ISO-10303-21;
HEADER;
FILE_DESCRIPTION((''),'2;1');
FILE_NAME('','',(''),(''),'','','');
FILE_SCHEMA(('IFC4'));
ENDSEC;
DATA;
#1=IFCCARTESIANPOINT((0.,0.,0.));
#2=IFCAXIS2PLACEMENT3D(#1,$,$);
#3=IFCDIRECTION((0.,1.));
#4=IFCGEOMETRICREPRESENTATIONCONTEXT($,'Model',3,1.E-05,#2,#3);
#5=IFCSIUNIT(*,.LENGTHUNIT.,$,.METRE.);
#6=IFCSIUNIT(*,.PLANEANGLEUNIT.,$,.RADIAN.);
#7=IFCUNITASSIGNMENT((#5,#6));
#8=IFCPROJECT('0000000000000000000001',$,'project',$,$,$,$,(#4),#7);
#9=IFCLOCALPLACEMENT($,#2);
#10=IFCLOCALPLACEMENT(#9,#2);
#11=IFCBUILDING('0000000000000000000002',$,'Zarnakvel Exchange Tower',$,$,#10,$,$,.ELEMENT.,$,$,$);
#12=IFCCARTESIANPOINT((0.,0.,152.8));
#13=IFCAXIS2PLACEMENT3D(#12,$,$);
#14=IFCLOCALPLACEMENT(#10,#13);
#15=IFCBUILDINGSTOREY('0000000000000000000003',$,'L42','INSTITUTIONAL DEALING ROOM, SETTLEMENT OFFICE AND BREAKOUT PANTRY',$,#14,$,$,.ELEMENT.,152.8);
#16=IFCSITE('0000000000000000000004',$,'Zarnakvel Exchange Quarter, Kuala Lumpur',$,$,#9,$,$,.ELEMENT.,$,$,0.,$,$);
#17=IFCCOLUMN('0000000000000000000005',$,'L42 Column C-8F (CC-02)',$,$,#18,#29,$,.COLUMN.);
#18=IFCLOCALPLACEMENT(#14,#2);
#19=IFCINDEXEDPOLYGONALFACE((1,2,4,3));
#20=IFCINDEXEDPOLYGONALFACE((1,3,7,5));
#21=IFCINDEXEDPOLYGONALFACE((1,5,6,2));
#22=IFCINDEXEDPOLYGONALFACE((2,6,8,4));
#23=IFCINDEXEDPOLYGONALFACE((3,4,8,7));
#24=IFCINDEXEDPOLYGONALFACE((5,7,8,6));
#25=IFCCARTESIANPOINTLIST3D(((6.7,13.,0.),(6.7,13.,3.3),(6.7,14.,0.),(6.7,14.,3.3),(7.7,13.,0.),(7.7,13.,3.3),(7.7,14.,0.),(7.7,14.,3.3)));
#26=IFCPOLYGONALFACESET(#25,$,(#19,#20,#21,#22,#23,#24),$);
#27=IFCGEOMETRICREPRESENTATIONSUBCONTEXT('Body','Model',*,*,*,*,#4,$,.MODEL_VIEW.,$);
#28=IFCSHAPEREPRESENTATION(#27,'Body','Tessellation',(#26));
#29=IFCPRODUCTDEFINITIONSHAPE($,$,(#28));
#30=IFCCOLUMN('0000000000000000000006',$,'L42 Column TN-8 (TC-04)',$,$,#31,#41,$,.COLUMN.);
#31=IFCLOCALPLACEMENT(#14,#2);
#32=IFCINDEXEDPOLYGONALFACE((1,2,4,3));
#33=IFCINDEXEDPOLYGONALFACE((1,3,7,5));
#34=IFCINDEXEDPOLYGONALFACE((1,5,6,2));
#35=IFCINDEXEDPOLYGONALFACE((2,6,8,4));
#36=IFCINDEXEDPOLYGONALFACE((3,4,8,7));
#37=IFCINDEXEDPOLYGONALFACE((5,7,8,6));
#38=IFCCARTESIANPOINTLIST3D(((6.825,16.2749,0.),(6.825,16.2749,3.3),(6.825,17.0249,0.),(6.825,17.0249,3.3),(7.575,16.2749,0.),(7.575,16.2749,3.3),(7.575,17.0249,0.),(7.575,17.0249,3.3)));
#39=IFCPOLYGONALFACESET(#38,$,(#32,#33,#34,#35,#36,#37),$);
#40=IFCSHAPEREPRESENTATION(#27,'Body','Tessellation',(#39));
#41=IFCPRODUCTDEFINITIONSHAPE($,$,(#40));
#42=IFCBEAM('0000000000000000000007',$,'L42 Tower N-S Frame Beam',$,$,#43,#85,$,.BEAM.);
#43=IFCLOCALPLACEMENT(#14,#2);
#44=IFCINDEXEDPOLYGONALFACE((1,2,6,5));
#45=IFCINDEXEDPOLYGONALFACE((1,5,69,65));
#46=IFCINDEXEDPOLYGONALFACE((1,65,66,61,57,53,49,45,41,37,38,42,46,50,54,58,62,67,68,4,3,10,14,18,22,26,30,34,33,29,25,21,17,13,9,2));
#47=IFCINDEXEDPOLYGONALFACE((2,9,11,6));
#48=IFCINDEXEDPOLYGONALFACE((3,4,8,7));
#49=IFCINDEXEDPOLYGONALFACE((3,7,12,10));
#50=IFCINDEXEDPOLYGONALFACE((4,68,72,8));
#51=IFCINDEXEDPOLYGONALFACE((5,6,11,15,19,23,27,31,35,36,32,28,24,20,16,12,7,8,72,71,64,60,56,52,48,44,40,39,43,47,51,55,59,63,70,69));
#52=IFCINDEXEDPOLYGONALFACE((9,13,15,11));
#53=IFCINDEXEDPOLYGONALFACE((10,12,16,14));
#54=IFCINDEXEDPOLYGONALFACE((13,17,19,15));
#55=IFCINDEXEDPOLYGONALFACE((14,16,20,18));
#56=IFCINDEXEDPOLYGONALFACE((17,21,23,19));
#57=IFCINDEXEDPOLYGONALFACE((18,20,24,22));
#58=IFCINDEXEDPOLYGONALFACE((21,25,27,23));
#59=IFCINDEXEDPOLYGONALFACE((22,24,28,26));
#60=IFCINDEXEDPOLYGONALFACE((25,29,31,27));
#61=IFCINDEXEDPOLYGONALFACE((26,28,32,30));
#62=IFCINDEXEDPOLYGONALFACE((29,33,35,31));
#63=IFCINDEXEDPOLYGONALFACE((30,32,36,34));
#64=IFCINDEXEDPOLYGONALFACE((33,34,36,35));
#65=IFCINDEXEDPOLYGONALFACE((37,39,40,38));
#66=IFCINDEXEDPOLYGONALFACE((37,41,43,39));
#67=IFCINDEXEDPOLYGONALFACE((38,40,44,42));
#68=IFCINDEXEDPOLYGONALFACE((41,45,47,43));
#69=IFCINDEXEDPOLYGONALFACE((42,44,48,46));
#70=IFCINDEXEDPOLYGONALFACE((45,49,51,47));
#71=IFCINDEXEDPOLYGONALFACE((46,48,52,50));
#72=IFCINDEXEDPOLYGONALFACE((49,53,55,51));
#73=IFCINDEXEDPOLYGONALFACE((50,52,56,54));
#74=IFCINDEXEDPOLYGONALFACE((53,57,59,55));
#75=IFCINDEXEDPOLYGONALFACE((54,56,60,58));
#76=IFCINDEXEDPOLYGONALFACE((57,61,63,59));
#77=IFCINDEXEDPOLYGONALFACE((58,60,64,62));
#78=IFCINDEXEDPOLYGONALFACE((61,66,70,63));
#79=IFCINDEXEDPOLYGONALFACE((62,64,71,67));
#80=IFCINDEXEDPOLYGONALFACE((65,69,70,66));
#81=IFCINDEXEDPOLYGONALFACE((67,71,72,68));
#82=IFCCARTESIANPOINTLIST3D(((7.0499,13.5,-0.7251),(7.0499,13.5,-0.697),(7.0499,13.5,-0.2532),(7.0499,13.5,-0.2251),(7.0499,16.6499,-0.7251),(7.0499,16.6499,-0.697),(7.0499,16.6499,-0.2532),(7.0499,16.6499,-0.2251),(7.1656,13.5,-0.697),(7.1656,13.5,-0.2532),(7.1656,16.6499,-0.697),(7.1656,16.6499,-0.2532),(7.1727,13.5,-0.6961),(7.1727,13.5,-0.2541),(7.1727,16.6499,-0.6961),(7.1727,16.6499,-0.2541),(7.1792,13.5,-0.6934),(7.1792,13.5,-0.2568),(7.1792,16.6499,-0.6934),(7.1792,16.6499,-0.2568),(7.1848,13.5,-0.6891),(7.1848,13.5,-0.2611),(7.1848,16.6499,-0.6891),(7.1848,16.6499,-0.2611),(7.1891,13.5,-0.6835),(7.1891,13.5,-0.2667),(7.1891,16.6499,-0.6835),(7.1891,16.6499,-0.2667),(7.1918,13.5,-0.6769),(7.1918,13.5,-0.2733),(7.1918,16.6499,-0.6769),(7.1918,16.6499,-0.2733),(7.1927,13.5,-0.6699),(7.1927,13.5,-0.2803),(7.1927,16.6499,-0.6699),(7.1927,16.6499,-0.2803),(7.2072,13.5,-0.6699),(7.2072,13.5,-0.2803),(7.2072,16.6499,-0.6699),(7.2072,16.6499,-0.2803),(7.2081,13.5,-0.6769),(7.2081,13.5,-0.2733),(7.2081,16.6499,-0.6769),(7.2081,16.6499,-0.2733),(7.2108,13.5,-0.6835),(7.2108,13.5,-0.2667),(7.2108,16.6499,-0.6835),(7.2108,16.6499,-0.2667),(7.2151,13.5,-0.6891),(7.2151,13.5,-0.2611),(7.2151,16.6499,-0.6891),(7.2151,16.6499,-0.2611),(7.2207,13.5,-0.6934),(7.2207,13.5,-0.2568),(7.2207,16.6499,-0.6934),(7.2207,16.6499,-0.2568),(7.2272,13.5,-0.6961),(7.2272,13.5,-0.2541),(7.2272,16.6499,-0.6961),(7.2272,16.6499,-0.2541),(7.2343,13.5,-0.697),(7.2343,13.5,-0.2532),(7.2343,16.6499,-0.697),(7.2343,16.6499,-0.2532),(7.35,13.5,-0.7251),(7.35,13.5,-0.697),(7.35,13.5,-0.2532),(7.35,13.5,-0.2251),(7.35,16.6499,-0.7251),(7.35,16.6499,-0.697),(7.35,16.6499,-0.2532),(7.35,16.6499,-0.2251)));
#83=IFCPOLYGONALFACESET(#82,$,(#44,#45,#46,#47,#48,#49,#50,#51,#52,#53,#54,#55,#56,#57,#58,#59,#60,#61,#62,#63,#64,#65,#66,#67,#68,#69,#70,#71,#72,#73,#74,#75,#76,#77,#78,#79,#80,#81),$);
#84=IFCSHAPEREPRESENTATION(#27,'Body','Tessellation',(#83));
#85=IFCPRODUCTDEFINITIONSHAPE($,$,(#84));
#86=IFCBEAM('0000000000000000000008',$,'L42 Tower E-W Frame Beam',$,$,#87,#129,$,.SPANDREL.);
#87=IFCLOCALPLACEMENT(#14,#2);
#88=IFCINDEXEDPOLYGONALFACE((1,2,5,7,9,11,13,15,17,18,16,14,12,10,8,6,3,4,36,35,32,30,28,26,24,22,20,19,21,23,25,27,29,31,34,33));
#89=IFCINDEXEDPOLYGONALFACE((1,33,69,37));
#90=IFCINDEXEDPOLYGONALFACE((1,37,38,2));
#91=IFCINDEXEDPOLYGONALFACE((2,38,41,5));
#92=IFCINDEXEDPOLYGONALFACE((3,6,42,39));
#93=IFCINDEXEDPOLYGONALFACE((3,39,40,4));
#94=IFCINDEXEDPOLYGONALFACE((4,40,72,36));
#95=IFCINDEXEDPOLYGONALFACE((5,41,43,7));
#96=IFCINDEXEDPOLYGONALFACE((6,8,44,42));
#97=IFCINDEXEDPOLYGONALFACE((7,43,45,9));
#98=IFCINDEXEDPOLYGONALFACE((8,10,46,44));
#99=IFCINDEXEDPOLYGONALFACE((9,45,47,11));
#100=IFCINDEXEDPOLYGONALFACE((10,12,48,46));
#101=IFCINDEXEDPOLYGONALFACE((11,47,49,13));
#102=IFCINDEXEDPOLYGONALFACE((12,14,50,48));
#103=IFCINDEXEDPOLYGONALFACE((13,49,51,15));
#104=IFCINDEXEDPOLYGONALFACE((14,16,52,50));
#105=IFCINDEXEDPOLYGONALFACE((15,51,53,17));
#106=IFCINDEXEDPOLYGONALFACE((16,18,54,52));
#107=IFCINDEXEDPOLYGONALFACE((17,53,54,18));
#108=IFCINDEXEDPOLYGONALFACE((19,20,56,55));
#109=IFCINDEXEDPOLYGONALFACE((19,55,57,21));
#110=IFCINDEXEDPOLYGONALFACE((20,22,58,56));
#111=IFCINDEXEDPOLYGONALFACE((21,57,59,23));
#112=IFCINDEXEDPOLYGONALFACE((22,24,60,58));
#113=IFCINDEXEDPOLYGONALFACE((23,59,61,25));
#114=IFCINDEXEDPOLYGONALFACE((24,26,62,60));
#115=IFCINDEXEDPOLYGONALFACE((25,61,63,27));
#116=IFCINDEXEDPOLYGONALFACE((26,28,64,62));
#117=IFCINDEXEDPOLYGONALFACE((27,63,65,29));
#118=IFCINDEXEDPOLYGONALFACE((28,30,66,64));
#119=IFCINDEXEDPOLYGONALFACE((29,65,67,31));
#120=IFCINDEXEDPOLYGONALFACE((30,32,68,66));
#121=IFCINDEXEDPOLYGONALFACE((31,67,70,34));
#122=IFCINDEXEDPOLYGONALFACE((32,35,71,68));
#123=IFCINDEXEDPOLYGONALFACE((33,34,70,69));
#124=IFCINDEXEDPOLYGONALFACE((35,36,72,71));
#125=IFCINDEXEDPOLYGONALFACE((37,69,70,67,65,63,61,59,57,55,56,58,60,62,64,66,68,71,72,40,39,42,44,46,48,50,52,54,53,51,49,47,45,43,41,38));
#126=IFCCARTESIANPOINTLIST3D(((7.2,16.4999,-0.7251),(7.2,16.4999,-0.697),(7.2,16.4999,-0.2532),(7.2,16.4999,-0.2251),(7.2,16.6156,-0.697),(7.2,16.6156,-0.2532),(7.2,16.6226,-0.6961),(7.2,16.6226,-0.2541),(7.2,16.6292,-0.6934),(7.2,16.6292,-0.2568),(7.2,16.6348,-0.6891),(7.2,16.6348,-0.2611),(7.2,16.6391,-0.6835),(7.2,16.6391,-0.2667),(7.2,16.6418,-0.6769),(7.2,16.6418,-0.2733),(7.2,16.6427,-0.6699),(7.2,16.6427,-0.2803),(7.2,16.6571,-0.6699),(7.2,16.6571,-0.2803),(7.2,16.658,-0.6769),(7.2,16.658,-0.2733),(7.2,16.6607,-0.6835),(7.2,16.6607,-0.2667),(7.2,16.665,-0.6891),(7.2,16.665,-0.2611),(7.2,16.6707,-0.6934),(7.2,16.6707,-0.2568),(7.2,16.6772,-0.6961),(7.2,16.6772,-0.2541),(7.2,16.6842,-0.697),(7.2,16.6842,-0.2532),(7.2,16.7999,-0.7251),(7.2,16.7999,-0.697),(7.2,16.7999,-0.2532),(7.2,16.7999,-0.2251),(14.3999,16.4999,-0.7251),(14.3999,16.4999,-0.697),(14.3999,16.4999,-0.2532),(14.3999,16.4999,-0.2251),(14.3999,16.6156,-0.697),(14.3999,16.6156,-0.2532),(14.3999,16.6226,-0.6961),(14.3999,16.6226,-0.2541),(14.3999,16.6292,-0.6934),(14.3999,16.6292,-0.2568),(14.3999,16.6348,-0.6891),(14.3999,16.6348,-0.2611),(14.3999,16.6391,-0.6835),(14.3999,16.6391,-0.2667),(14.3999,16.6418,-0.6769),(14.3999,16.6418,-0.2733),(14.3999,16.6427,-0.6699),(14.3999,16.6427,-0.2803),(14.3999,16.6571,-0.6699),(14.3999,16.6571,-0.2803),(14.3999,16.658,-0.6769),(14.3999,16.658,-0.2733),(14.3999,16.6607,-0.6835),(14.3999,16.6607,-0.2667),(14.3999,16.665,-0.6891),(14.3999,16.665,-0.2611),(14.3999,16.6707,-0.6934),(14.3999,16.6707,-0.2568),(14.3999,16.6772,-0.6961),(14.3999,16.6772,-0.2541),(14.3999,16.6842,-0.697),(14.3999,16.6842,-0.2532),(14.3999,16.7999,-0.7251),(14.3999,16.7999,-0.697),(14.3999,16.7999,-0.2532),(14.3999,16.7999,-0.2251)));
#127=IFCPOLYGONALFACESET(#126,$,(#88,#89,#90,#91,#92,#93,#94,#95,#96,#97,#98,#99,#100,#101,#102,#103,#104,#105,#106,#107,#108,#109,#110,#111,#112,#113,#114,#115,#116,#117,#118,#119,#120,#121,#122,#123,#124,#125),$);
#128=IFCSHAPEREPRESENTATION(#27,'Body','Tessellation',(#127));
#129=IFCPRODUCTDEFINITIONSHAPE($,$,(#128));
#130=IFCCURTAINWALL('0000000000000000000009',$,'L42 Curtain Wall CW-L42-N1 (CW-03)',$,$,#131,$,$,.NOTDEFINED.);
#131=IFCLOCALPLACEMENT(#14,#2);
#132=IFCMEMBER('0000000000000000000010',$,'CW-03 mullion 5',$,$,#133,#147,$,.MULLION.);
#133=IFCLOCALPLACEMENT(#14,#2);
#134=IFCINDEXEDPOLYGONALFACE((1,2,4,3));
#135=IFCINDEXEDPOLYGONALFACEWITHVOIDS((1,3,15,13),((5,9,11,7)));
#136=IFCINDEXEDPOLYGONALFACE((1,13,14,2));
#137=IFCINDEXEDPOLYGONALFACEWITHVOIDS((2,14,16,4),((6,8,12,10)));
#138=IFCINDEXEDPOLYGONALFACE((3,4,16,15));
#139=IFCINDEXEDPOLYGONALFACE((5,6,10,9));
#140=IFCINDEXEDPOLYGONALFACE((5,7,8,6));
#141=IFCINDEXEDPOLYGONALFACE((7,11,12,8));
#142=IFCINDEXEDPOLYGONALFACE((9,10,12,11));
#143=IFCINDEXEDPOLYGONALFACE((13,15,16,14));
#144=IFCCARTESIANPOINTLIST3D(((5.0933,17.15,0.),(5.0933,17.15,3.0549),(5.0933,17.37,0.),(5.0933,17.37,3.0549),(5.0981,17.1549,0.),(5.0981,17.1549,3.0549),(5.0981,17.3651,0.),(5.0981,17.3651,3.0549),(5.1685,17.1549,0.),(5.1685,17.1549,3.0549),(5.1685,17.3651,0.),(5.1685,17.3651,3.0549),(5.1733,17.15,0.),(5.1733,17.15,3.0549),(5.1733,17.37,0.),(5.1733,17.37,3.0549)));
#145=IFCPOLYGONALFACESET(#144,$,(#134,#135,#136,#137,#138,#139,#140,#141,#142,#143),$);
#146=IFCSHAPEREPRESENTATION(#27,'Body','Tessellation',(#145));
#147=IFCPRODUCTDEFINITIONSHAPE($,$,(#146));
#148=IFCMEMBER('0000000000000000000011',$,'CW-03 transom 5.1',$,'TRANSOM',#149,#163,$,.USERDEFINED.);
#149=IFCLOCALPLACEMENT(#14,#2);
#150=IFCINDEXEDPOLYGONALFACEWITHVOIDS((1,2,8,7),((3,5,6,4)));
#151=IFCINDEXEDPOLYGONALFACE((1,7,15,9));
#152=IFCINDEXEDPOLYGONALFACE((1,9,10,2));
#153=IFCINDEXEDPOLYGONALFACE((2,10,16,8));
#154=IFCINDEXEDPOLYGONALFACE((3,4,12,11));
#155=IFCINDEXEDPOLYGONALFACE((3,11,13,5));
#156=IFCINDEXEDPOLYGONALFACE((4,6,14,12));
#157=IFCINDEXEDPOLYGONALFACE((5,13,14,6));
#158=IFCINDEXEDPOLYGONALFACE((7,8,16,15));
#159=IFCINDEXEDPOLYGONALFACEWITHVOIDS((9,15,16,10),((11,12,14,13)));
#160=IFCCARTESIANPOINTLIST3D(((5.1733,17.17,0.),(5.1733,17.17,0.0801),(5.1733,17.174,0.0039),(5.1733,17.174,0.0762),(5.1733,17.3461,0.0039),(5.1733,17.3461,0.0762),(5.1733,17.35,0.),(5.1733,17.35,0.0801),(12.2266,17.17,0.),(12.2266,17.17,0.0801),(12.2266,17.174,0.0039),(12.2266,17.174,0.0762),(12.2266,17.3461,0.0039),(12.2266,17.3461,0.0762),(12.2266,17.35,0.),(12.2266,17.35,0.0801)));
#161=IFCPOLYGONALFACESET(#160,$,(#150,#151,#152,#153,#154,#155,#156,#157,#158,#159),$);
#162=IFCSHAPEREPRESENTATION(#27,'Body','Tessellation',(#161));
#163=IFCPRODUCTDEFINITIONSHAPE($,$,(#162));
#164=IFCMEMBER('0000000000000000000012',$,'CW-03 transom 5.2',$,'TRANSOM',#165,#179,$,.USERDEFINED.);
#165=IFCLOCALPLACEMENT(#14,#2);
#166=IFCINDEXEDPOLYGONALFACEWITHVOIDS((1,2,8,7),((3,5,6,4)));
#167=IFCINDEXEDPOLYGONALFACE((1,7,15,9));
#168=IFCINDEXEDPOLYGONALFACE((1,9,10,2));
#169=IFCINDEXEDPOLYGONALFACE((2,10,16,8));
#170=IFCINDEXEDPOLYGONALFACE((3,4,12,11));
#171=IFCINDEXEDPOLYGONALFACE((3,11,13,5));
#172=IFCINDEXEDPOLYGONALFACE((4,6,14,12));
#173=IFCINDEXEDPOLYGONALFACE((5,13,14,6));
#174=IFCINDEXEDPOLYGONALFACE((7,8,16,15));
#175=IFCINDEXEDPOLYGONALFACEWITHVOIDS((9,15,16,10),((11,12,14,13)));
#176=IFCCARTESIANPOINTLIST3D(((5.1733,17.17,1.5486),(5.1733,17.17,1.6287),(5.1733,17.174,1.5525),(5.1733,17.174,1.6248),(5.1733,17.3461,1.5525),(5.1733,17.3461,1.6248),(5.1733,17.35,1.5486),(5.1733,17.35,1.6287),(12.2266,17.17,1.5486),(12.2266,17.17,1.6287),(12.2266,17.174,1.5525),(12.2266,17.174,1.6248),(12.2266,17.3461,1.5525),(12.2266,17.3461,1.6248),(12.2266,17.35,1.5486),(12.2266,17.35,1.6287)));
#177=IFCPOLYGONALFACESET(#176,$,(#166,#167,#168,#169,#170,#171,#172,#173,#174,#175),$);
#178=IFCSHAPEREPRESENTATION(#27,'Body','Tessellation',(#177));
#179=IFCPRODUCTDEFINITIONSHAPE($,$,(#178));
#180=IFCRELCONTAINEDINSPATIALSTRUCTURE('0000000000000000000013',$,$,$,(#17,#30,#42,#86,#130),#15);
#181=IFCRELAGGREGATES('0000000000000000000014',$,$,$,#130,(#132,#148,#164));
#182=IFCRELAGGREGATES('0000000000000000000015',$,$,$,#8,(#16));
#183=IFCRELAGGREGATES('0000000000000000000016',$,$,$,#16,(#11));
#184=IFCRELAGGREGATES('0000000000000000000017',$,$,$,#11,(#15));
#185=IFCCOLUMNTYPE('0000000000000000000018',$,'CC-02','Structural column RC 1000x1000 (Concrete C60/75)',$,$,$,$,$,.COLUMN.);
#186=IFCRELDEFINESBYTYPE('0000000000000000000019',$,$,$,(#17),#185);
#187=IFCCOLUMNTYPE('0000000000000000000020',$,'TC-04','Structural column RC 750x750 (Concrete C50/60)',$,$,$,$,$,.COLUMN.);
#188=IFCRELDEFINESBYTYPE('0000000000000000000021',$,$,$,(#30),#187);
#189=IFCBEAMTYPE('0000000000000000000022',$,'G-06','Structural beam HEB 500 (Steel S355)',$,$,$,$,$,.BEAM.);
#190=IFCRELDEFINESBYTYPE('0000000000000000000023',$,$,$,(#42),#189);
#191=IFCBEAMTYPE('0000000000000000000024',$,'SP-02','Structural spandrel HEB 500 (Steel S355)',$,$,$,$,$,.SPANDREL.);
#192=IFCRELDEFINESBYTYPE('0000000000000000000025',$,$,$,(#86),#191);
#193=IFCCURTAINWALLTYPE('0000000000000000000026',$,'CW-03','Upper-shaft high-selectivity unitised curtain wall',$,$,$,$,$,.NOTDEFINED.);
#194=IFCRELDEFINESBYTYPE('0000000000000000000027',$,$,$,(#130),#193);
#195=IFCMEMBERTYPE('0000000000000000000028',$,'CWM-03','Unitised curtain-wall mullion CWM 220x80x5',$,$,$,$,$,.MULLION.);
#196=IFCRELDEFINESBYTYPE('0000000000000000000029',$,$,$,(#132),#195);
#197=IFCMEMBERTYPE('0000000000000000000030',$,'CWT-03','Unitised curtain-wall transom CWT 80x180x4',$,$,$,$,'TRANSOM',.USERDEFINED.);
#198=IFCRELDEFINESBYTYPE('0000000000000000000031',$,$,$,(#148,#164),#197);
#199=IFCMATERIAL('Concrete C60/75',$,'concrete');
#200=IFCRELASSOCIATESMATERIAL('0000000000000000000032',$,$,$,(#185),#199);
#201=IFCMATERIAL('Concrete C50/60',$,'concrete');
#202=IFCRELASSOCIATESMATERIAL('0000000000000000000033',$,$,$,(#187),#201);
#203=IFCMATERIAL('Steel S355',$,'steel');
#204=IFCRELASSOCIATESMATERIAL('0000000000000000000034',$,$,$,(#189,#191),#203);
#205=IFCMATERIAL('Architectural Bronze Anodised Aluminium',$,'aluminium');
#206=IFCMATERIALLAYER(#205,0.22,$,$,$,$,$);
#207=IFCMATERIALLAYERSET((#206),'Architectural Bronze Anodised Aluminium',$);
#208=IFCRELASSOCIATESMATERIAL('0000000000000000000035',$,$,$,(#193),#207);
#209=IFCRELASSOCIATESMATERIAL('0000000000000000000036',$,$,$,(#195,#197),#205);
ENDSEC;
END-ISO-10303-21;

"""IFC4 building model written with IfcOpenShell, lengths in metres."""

from ifc_helpers import new_model, si_unit, direction, frame, origin, origin_2d, place, context, subcontext, project, spatial, rectangle, hollow_rectangle, i_section, extrude, source, transform, mapped, material, layer, layer_set, material_profile, profile_set, type_object, element, aggregate, save


model = new_model("IFC4")

# Units and contexts
model_context = context("Model", 3, precision=1e-05, world=origin(), true_north=direction((0.0, 1.0)))
body_context = subcontext(model_context, "Body", "Model", "MODEL_VIEW")
ifc_project = project(units=[si_unit("LENGTHUNIT", "METRE"), si_unit("PLANEANGLEUNIT", "RADIAN")], contexts=[model_context])

# Site, building, storey
site_placement = place(None, origin())
site = spatial("IfcSite", under=ifc_project, at=site_placement, Name="Zarnakvel Exchange Quarter, Kuala Lumpur", CompositionType="ELEMENT", RefElevation=0.0)
building_placement = place(site_placement, origin())
building = spatial("IfcBuilding", under=site, at=building_placement, Name="Zarnakvel Exchange Tower", CompositionType="ELEMENT")
storey_placement = place(building_placement, frame((0.0, 0.0, 152.8)))
storey = spatial("IfcBuildingStorey", under=building, at=storey_placement, Name="L42", Description="INSTITUTIONAL DEALING ROOM, SETTLEMENT OFFICE AND BREAKOUT PANTRY", CompositionType="ELEMENT", Elevation=152.8)

# Columns
ifc_material_1 = material(Name="Concrete C60/75", Category="concrete")
ifc_material_profile_1 = material_profile(ifc_material_1, rectangle(XDim=1.0, YDim=1.0, at=origin_2d()))
ifc_profile_set_1 = profile_set([ifc_material_profile_1], Name="Concrete C60/75")
column_type_1 = type_object("IfcColumnType", Name="CC-02", Description="Structural column RC 1000x1000 (Concrete C60/75)", PredefinedType="COLUMN", material=ifc_profile_set_1)
column_1_placement = place(storey_placement, frame((7.2, 13.5, 0.0), z_axis=(0.0, 0.0, 1.0), x_axis=(1.0, 0.0, 0.0)))
element("IfcColumn", 1, at=column_1_placement, inside=storey, type_object=column_type_1, Name="L42 Column C-8F (CC-02)", PredefinedType="COLUMN", context=body_context, shape_type="SweptSolid", body=[
    extrude(rectangle(XDim=1.0, YDim=1.0, at=origin_2d()), origin(), (0.0, 0.0, 1.0), 3.3),
])
ifc_material_2 = material(Name="Concrete C50/60", Category="concrete")
ifc_material_profile_2 = material_profile(ifc_material_2, rectangle(XDim=0.75, YDim=0.75, at=origin_2d()))
ifc_profile_set_2 = profile_set([ifc_material_profile_2], Name="Concrete C50/60")
column_type_2 = type_object("IfcColumnType", Name="TC-04", Description="Structural column RC 750x750 (Concrete C50/60)", PredefinedType="COLUMN", material=ifc_profile_set_2)
column_2_placement = place(storey_placement, frame((7.2, 16.6499, 0.0), z_axis=(0.0, 0.0, 1.0), x_axis=(1.0, 0.0, 0.0)))
element("IfcColumn", 2, at=column_2_placement, inside=storey, type_object=column_type_2, Name="L42 Column TN-8 (TC-04)", PredefinedType="COLUMN", context=body_context, shape_type="SweptSolid", body=[
    extrude(rectangle(XDim=0.75, YDim=0.75, at=origin_2d()), origin(), (0.0, 0.0, 1.0), 3.3),
])

# Beams
ifc_material_3 = material(Name="Steel S355", Category="steel")
ifc_material_profile_3 = material_profile(ifc_material_3, i_section(OverallWidth=0.3, OverallDepth=0.5, WebThickness=0.0144, FlangeThickness=0.0281, FilletRadius=0.0271, at=origin_2d()))
ifc_profile_set_3 = profile_set([ifc_material_profile_3], Name="Steel S355")
beam_type_1 = type_object("IfcBeamType", Name="G-06", Description="Structural beam HEB 500 (Steel S355)", PredefinedType="BEAM", material=ifc_profile_set_3)
beam_1_placement = place(storey_placement, frame((7.2, 13.5, -0.4751), z_axis=(0.0, 1.0, 0.0), x_axis=(-1.0, 0.0, 0.0)))
element("IfcBeam", 3, at=beam_1_placement, inside=storey, type_object=beam_type_1, Name="L42 Tower N-S Frame Beam", PredefinedType="BEAM", context=body_context, shape_type="SweptSolid", body=[
    extrude(i_section(OverallWidth=0.3, OverallDepth=0.5, WebThickness=0.0144, FlangeThickness=0.0281, FilletRadius=0.0271, at=origin_2d()), origin(), (0.0, 0.0, 1.0), 3.1499),
])
ifc_material_profile_4 = material_profile(ifc_material_3, i_section(OverallWidth=0.3, OverallDepth=0.5, WebThickness=0.0144, FlangeThickness=0.0281, FilletRadius=0.0271, at=origin_2d()))
ifc_profile_set_4 = profile_set([ifc_material_profile_4], Name="Steel S355")
beam_type_2 = type_object("IfcBeamType", Name="SP-02", Description="Structural spandrel HEB 500 (Steel S355)", PredefinedType="SPANDREL", material=ifc_profile_set_4)
beam_2_placement = place(storey_placement, frame((7.2, 16.6499, -0.4751), z_axis=(1.0, 0.0, 0.0), x_axis=(0.0, 1.0, 0.0)))
element("IfcBeam", 4, at=beam_2_placement, inside=storey, type_object=beam_type_2, Name="L42 Tower E-W Frame Beam", PredefinedType="SPANDREL", context=body_context, shape_type="SweptSolid", body=[
    extrude(i_section(OverallWidth=0.3, OverallDepth=0.5, WebThickness=0.0144, FlangeThickness=0.0281, FilletRadius=0.0271, at=origin_2d()), origin(), (0.0, 0.0, 1.0), 7.2),
])

# Curtain wall, members
ifc_material_4 = material(Name="Architectural Bronze Anodised Aluminium", Category="aluminium")
ifc_layer_1 = layer(ifc_material_4, 0.22)
ifc_layer_set_1 = layer_set([ifc_layer_1], Name="Architectural Bronze Anodised Aluminium")
curtain_wall_type = type_object("IfcCurtainWallType", Name="CW-03", Description="Upper-shaft high-selectivity unitised curtain wall", PredefinedType="NOTDEFINED", material=ifc_layer_set_1)
curtain_wall_placement = place(storey_placement, origin())
curtain_wall = element("IfcCurtainWall", 5, at=curtain_wall_placement, inside=storey, type_object=curtain_wall_type, Name="L42 Curtain Wall CW-L42-N1 (CW-03)", PredefinedType="NOTDEFINED")
ifc_material_profile_5 = material_profile(ifc_material_4, hollow_rectangle(XDim=0.22, YDim=0.0801, WallThickness=0.0049, at=origin_2d()))
ifc_profile_set_5 = profile_set([ifc_material_profile_5], Name="Architectural Bronze Anodised Aluminium")
member_type_1 = type_object("IfcMemberType", Name="CWM-03", Description="Unitised curtain-wall mullion CWM 220x80x5", PredefinedType="MULLION", material=ifc_profile_set_5)
shared_shape_1 = source(origin(), body_context, "Body", "SweptSolid", [
    extrude(hollow_rectangle(XDim=0.22, YDim=0.0801, WallThickness=0.0049, at=origin_2d()), origin(), (0.0, 0.0, 1.0), 3.0549),
])
member_1_placement = place(storey_placement, frame((5.1333, 17.26, 0.0), z_axis=(0.0, 0.0, 1.0), x_axis=(0.0, 1.0, 0.0)))
member_1 = element("IfcMember", 6, at=member_1_placement, type_object=member_type_1, Name="CW-03 mullion 5", PredefinedType="MULLION", context=body_context, shape_type="MappedRepresentation", body=[
    mapped(shared_shape_1, transform((0.0, 0.0, 0.0), x_axis=(1.0, 0.0, 0.0), y_axis=(0.0, 1.0, 0.0), z_axis=(0.0, 0.0, 1.0), scale=1.0)),
])
ifc_material_profile_6 = material_profile(ifc_material_4, hollow_rectangle(XDim=0.1799, YDim=0.0801, WallThickness=0.0039, at=origin_2d()))
ifc_profile_set_6 = profile_set([ifc_material_profile_6], Name="Architectural Bronze Anodised Aluminium")
member_type_2 = type_object("IfcMemberType", Name="CWT-03", Description="Unitised curtain-wall transom CWT 80x180x4", ElementType="TRANSOM", PredefinedType="USERDEFINED", material=ifc_profile_set_6)
shared_shape_2 = source(origin(), body_context, "Body", "SweptSolid", [
    extrude(hollow_rectangle(XDim=0.1799, YDim=0.0801, WallThickness=0.0039, at=origin_2d()), origin(), (0.0, 0.0, 1.0), 7.0532),
])
member_2_placement = place(storey_placement, frame((5.1733, 17.26, 0.04), z_axis=(1.0, 0.0, 0.0), x_axis=(0.0, 1.0, 0.0)))
member_2 = element("IfcMember", 7, at=member_2_placement, type_object=member_type_2, Name="CW-03 transom 5.1", ObjectType="TRANSOM", PredefinedType="USERDEFINED", context=body_context, shape_type="MappedRepresentation", body=[
    mapped(shared_shape_2, transform((0.0, 0.0, 0.0), x_axis=(1.0, 0.0, 0.0), y_axis=(0.0, 1.0, 0.0), z_axis=(0.0, 0.0, 1.0), scale=1.0)),
])
member_3_placement = place(storey_placement, frame((5.1733, 17.26, 1.5886), z_axis=(1.0, 0.0, 0.0), x_axis=(0.0, 1.0, 0.0)))
member_3 = element("IfcMember", 8, at=member_3_placement, type_object=member_type_2, Name="CW-03 transom 5.2", ObjectType="TRANSOM", PredefinedType="USERDEFINED", context=body_context, shape_type="MappedRepresentation", body=[
    mapped(shared_shape_2, transform((0.0, 0.0, 0.0), x_axis=(1.0, 0.0, 0.0), y_axis=(0.0, 1.0, 0.0), z_axis=(0.0, 0.0, 1.0), scale=1.0)),
])
aggregate(curtain_wall, [member_1, member_2, member_3])

save(model, "model.ifc")
